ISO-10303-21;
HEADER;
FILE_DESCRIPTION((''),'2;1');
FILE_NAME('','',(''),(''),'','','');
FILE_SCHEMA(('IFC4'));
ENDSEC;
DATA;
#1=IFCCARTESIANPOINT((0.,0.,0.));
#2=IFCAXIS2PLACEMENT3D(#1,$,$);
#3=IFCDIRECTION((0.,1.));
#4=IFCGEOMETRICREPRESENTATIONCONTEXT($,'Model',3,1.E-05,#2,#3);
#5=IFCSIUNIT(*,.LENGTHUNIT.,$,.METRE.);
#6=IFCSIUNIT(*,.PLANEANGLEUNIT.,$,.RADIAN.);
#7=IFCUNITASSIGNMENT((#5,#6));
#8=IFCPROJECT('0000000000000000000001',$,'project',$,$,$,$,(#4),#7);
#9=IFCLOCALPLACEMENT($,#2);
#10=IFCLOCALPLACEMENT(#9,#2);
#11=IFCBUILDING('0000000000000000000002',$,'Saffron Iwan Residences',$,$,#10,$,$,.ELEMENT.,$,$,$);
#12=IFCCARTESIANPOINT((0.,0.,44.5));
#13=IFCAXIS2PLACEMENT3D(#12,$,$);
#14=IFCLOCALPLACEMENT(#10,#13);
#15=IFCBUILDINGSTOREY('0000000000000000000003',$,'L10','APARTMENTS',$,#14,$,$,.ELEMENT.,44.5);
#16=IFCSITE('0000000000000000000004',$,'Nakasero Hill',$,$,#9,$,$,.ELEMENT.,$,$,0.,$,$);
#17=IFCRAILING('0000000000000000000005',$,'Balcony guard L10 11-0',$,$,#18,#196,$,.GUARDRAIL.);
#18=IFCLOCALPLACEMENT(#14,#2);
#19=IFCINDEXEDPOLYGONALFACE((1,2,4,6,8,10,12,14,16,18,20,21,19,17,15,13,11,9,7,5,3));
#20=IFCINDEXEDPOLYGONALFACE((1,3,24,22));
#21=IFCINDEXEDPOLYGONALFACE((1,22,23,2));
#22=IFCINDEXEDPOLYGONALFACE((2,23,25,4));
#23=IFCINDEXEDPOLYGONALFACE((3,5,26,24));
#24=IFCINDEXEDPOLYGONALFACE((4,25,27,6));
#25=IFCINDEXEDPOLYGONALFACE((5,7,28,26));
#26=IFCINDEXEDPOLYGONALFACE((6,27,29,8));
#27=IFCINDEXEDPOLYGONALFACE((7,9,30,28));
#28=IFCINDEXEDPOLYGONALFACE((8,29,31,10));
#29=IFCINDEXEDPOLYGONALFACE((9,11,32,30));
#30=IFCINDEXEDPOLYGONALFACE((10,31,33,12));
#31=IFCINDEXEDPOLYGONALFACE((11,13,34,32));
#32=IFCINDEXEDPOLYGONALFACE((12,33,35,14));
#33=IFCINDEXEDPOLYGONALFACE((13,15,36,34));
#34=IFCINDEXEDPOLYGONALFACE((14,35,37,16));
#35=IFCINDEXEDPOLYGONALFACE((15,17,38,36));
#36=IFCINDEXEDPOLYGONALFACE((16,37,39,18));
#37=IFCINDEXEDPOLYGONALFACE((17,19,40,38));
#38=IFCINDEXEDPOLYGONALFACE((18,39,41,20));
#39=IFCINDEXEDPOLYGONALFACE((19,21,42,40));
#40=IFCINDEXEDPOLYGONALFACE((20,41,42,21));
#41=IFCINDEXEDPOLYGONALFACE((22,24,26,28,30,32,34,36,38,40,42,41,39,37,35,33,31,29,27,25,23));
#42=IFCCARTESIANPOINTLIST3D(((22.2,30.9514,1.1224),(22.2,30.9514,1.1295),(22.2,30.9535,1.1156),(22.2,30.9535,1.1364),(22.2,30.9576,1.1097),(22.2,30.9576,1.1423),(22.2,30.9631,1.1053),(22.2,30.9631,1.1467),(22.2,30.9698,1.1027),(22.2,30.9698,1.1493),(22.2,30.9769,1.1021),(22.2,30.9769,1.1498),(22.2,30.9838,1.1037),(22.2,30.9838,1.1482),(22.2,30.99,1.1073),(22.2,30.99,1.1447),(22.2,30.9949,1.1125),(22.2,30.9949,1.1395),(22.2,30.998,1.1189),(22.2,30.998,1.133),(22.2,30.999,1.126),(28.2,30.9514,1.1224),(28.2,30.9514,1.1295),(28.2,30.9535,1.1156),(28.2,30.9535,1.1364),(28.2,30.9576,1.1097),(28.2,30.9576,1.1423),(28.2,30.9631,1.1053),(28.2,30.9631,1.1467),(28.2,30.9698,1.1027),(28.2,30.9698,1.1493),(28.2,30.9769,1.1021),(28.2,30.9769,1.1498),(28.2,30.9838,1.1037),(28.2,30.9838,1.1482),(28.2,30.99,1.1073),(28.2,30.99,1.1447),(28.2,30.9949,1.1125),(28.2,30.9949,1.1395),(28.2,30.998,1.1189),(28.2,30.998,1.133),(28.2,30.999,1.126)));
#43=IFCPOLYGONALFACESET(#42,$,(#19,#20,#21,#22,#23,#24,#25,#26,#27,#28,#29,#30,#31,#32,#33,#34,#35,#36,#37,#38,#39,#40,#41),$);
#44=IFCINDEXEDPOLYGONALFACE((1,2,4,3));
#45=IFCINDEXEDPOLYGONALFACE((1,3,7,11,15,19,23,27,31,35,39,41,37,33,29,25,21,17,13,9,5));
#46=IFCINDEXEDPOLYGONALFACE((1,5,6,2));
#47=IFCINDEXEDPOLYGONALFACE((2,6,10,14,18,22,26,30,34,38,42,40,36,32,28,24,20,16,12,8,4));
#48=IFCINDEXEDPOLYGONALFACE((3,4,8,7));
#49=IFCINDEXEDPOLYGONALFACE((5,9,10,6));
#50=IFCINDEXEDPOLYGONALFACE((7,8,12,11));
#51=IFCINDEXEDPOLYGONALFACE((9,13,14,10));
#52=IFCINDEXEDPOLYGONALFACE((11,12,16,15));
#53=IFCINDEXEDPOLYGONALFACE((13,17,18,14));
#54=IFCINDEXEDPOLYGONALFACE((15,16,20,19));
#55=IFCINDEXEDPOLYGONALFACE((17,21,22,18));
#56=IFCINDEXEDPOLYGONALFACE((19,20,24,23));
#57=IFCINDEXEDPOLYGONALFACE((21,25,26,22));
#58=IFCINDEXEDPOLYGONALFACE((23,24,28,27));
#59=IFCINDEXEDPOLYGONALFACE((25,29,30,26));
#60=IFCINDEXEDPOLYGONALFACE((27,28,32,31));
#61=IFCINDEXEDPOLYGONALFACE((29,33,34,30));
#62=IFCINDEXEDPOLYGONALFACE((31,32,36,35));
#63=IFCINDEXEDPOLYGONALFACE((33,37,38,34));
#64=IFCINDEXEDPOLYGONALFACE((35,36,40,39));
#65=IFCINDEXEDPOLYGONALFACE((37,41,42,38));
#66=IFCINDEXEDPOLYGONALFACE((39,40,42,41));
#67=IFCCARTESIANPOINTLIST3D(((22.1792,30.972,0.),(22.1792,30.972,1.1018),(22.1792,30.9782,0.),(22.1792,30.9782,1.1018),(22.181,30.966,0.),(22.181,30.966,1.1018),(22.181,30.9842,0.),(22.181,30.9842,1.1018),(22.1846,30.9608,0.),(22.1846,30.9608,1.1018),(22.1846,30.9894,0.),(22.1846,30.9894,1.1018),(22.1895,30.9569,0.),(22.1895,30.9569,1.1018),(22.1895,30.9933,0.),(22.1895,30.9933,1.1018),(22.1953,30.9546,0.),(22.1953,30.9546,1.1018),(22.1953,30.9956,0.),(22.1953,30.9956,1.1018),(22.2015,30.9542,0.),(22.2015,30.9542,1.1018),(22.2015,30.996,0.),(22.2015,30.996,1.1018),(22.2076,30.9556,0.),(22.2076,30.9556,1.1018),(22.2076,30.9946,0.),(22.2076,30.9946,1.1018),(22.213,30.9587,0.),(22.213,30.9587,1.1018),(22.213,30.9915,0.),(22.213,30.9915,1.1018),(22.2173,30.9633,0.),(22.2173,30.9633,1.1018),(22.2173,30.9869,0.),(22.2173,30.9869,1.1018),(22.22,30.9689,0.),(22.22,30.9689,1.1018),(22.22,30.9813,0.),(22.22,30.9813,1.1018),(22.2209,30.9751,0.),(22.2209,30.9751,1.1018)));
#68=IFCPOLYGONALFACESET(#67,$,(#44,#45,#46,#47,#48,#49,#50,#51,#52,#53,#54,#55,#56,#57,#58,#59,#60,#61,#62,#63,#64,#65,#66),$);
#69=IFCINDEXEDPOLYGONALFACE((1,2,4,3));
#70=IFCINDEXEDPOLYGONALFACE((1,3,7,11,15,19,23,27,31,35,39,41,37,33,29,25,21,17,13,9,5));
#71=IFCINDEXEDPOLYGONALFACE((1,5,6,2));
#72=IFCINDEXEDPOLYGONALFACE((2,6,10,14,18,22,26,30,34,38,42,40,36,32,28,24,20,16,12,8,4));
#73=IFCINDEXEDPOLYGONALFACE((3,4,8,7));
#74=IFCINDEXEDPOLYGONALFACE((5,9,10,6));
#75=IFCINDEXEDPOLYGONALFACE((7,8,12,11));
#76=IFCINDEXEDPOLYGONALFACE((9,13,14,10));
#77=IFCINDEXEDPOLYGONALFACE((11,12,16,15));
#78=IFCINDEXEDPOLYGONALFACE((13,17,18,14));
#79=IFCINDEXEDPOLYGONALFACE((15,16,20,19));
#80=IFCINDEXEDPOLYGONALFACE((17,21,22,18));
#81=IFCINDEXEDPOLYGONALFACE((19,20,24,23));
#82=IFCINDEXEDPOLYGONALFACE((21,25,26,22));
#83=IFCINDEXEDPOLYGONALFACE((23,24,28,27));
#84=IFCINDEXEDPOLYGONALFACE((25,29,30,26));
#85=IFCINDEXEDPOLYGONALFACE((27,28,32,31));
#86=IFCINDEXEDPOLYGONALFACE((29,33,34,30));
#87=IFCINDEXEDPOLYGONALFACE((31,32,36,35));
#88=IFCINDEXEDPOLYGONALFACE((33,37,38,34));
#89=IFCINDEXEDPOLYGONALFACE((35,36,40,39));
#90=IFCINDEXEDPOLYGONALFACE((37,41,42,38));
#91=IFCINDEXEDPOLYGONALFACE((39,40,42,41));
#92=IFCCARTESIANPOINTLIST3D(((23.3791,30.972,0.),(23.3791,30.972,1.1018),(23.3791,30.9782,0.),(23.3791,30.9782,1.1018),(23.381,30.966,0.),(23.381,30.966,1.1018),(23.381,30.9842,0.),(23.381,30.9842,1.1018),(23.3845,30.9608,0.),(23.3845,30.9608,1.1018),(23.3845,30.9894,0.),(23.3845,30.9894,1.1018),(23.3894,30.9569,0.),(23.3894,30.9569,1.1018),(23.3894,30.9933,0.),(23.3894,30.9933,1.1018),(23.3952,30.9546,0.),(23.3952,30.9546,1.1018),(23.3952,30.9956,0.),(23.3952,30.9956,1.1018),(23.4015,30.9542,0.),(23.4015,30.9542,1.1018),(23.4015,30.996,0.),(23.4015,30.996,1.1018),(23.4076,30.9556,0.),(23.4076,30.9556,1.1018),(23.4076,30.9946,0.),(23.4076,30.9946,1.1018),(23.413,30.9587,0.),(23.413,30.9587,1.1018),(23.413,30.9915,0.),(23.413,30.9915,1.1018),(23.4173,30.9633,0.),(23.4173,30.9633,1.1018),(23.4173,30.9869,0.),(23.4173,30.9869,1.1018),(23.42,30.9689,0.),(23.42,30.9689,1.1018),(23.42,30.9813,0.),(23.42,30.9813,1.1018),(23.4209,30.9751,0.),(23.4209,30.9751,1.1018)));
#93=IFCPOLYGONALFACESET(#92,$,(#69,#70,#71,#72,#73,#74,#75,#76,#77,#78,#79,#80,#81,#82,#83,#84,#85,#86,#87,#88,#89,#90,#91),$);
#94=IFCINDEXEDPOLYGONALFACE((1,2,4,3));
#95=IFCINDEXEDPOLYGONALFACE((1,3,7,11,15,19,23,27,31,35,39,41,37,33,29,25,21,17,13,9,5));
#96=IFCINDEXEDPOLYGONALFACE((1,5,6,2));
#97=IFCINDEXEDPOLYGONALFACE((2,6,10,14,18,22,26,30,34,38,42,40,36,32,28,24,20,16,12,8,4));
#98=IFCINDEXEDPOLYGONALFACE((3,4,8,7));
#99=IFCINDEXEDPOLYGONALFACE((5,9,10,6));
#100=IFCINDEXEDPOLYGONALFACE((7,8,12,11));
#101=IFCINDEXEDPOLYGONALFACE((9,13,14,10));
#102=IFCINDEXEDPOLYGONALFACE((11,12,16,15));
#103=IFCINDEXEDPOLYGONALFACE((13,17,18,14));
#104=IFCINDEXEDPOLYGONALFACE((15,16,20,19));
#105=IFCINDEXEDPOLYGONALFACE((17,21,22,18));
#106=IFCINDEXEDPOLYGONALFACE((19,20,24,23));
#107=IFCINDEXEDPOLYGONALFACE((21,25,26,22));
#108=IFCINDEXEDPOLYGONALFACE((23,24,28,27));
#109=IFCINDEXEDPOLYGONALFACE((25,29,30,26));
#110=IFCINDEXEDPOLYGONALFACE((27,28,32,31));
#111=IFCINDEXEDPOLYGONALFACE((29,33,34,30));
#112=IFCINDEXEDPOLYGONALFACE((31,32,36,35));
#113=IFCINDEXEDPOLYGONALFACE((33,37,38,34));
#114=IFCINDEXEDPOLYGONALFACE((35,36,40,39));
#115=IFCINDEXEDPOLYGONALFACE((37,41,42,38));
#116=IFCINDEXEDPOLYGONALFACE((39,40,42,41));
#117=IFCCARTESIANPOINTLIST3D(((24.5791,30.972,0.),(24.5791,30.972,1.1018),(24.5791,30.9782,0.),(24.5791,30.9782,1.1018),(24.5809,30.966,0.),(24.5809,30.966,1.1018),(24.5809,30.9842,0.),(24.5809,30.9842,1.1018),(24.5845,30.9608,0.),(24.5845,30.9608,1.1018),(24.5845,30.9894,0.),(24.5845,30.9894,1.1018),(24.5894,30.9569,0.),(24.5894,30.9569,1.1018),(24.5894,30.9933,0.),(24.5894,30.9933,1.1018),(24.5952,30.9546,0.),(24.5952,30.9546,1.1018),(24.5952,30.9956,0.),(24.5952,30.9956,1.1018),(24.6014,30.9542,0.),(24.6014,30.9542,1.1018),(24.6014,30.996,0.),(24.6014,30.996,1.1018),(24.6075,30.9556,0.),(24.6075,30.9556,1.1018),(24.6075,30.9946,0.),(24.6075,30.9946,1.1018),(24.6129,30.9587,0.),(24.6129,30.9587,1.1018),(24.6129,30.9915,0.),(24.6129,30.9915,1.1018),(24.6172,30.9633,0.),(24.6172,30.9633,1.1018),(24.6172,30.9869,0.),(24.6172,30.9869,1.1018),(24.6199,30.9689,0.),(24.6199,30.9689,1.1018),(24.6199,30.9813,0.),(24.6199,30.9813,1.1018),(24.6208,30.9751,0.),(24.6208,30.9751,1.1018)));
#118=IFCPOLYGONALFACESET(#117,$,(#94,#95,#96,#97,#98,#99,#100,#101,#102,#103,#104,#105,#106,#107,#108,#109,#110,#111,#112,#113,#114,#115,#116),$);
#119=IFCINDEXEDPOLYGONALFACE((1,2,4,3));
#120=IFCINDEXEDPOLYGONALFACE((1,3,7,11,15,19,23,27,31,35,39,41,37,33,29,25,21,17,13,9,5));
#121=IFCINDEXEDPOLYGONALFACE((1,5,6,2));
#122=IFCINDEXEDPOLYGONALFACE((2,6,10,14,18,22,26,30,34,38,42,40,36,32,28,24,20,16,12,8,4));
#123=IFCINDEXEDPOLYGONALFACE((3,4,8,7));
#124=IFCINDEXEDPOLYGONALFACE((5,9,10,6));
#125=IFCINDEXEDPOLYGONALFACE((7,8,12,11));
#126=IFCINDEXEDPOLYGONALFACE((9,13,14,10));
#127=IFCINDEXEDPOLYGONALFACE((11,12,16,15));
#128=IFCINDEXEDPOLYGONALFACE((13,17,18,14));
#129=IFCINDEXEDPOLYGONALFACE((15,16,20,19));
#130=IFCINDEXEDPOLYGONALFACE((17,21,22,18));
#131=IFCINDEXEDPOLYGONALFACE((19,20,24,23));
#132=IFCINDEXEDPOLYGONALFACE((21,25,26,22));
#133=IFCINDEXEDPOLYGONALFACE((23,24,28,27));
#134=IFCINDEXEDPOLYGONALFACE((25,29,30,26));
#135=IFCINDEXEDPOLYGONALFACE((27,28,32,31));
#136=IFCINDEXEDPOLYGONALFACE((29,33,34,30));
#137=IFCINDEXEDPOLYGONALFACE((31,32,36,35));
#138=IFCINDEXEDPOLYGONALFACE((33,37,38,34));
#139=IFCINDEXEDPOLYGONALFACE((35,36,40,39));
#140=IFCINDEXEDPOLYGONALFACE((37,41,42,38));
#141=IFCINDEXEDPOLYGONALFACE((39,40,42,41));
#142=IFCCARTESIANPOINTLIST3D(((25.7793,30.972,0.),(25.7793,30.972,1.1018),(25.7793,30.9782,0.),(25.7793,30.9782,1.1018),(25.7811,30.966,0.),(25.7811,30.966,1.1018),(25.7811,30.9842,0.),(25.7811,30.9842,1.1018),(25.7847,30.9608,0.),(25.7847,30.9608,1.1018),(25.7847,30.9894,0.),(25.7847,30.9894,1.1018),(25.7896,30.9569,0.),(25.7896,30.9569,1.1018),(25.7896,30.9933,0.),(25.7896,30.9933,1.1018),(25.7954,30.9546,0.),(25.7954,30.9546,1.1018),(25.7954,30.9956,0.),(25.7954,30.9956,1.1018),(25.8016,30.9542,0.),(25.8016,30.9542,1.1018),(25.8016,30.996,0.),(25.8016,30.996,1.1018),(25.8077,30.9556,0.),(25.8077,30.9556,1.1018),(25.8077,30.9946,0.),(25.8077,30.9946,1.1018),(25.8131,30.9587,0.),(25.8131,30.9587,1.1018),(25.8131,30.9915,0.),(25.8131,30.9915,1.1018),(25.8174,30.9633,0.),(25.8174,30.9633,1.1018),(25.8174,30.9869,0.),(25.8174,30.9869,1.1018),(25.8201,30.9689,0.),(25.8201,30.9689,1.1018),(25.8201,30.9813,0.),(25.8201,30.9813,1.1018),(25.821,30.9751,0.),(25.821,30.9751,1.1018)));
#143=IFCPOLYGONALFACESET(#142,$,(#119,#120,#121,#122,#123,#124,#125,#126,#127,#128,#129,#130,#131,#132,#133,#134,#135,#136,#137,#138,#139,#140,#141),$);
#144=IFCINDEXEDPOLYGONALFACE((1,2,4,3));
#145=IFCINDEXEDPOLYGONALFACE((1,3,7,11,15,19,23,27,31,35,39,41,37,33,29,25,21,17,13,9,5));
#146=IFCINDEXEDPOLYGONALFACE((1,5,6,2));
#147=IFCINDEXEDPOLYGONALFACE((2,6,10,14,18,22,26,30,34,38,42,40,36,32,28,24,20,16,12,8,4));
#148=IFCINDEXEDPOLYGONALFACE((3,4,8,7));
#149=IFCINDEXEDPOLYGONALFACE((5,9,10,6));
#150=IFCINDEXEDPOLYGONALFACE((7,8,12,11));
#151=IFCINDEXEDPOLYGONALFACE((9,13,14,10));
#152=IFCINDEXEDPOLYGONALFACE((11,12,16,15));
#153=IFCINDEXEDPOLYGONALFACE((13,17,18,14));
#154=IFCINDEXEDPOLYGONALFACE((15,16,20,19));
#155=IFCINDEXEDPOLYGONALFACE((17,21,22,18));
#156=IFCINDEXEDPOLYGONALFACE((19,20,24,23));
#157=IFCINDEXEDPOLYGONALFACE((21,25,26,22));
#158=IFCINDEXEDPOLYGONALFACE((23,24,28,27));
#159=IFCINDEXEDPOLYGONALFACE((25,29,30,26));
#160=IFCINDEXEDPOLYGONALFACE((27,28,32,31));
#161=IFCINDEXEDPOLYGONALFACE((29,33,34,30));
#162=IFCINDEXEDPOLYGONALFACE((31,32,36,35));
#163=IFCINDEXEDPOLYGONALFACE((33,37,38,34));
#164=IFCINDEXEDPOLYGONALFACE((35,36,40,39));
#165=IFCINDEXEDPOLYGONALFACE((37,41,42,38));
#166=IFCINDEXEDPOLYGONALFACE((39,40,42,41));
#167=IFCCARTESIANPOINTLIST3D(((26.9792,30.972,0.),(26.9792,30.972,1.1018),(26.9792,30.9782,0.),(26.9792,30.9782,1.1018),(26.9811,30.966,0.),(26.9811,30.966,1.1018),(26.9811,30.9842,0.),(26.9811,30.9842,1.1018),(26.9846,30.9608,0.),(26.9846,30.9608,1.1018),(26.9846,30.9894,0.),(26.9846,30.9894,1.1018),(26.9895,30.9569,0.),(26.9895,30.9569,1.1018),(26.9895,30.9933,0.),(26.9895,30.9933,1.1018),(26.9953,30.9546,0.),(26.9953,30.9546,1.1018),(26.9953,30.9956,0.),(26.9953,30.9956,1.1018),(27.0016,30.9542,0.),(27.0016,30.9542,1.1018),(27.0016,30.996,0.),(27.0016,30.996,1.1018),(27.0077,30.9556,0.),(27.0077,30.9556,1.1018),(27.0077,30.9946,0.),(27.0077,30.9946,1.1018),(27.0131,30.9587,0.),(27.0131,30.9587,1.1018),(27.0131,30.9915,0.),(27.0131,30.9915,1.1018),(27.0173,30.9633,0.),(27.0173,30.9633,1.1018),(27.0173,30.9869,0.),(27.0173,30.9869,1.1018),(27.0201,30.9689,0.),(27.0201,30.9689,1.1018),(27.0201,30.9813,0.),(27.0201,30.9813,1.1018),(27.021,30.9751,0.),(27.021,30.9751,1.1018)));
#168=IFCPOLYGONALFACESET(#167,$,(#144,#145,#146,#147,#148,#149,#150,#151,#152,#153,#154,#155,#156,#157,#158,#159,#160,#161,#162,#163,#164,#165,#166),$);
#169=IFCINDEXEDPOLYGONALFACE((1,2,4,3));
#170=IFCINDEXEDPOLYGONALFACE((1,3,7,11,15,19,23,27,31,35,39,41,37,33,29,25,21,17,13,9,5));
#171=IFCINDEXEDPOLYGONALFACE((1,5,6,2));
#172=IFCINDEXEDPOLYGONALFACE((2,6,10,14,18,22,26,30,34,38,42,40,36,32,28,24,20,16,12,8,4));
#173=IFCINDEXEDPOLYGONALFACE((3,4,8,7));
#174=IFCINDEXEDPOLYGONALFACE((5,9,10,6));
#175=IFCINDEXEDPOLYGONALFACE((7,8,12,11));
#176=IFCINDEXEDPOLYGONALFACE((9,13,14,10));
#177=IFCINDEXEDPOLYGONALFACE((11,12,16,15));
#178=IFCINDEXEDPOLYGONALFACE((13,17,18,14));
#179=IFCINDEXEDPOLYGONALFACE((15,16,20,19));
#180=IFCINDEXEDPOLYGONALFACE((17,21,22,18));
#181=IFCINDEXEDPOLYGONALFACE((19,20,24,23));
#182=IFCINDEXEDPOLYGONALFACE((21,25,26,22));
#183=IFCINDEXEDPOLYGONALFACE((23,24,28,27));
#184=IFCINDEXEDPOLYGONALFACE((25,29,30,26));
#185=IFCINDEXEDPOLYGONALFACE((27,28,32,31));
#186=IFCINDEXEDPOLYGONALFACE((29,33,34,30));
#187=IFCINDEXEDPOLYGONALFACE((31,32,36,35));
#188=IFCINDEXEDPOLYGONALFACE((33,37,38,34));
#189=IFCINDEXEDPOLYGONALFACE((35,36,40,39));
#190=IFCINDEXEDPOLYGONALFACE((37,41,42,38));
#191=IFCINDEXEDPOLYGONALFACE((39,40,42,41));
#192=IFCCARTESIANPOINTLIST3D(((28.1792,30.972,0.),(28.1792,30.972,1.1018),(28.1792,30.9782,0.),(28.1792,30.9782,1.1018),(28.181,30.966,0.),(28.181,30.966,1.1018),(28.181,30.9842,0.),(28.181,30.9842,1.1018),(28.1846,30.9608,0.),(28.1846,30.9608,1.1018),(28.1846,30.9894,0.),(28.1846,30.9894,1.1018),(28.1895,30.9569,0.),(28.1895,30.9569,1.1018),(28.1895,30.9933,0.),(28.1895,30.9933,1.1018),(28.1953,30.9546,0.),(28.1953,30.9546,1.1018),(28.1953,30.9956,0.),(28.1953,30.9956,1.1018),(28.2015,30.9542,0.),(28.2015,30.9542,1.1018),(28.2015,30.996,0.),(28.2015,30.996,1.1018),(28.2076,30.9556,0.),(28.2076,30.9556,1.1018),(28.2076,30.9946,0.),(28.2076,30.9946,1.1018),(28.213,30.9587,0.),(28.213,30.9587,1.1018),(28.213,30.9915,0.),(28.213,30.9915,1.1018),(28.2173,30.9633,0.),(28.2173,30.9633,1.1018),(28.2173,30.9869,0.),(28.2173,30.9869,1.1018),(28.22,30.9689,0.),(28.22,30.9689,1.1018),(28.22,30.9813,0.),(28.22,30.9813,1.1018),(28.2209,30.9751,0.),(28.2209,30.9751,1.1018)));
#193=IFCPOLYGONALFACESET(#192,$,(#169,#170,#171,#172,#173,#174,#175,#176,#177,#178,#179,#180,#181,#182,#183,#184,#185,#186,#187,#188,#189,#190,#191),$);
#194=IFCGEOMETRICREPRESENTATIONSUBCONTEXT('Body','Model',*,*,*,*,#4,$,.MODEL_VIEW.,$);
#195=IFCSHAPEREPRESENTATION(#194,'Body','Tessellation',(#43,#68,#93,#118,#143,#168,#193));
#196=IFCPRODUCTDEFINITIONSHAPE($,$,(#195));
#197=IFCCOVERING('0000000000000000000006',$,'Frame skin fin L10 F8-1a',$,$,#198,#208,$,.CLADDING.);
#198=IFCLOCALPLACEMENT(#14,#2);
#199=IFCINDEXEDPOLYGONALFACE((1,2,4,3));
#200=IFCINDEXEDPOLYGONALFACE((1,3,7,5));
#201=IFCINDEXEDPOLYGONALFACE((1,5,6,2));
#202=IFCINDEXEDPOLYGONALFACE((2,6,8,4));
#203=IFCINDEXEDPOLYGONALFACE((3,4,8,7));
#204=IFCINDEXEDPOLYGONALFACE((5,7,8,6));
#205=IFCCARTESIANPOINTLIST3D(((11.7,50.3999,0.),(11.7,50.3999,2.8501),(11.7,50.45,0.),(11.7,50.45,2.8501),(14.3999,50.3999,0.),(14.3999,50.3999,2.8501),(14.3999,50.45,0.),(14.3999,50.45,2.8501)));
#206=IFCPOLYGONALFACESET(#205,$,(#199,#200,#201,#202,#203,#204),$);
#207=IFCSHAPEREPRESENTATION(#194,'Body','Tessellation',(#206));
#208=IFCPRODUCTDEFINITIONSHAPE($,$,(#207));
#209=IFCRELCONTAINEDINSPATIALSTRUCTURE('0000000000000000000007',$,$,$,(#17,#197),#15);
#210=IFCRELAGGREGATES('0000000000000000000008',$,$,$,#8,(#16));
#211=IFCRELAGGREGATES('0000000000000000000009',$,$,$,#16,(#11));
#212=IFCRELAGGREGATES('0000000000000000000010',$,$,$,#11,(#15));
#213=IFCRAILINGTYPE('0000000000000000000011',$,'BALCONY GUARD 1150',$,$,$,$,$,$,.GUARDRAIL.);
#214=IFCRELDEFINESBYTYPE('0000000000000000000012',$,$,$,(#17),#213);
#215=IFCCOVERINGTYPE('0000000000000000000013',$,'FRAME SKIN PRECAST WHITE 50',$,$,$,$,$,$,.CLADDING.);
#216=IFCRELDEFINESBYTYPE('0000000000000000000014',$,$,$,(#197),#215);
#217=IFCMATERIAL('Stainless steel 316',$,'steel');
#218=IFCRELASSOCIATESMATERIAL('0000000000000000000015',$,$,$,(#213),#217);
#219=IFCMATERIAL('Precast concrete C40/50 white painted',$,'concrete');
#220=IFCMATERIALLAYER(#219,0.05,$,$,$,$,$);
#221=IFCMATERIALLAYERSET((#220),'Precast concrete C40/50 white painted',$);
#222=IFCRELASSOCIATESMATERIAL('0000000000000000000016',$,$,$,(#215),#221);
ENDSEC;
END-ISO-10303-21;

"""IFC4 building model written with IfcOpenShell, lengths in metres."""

from ifc_helpers import new_model, si_unit, direction, frame, origin, origin_2d, place, context, subcontext, project, spatial, polyline, circle, outline, extrude, material, layer, layer_set, type_object, element, save


model = new_model("IFC4")

# Units and contexts
model_context = context("Model", 3, precision=1e-05, world=origin(), true_north=direction((0.0, 1.0)))
body_context = subcontext(model_context, "Body", "Model", "MODEL_VIEW")
ifc_project = project(units=[si_unit("LENGTHUNIT", "METRE"), si_unit("PLANEANGLEUNIT", "RADIAN")], contexts=[model_context])

# Site, building, storey
site_placement = place(None, origin())
site = spatial("IfcSite", under=ifc_project, at=site_placement, Name="Nakasero Hill", CompositionType="ELEMENT", RefElevation=0.0)
building_placement = place(site_placement, origin())
building = spatial("IfcBuilding", under=site, at=building_placement, Name="Saffron Iwan Residences", CompositionType="ELEMENT")
storey_placement = place(building_placement, frame((0.0, 0.0, 44.5)))
storey = spatial("IfcBuildingStorey", under=building, at=storey_placement, Name="L10", Description="APARTMENTS", CompositionType="ELEMENT", Elevation=44.5)

# Railing
ifc_material_1 = material(Name="Stainless steel 316", Category="steel")
railing_type = type_object("IfcRailingType", Name="BALCONY GUARD 1150", PredefinedType="GUARDRAIL", material=ifc_material_1)
railing_placement = place(storey_placement, frame((22.2, 30.9751, 0.0)))
element("IfcRailing", 1, at=railing_placement, inside=storey, type_object=railing_type, Name="Balcony guard L10 11-0", PredefinedType="GUARDRAIL", context=body_context, shape_type="SweptSolid", body=[
    extrude(circle(Radius=0.0239, at=origin_2d()), frame((0.0, 0.0, 1.126), z_axis=(1.0, 0.0, 0.0), x_axis=(0.0, 1.0, 0.0)), (0.0, 0.0, 1.0), 6.0),
    extrude(circle(Radius=0.021, at=origin_2d()), origin(), (0.0, 0.0, 1.0), 1.1018),
    extrude(circle(Radius=0.021, at=origin_2d()), frame((1.2, 0.0, 0.0)), (0.0, 0.0, 1.0), 1.1018),
    extrude(circle(Radius=0.021, at=origin_2d()), frame((2.3999, 0.0, 0.0)), (0.0, 0.0, 1.0), 1.1018),
    extrude(circle(Radius=0.021, at=origin_2d()), frame((3.6001, 0.0, 0.0)), (0.0, 0.0, 1.0), 1.1018),
    extrude(circle(Radius=0.021, at=origin_2d()), frame((4.8, 0.0, 0.0)), (0.0, 0.0, 1.0), 1.1018),
    extrude(circle(Radius=0.021, at=origin_2d()), frame((6.0, 0.0, 0.0)), (0.0, 0.0, 1.0), 1.1018),
])

# Covering
ifc_material_2 = material(Name="Precast concrete C40/50 white painted", Category="concrete")
ifc_layer_1 = layer(ifc_material_2, 0.05)
ifc_layer_set_1 = layer_set([ifc_layer_1], Name="Precast concrete C40/50 white painted")
covering_type_1 = type_object("IfcCoveringType", Name="FRAME SKIN PRECAST WHITE 50", PredefinedType="CLADDING", material=ifc_layer_set_1)
covering_1_placement = place(storey_placement, origin())
element("IfcCovering", 2, at=covering_1_placement, inside=storey, type_object=covering_type_1, Name="Frame skin fin L10 F8-1a", PredefinedType="CLADDING", context=body_context, shape_type="SweptSolid", body=[
    extrude(outline(polyline([(11.7, 50.45), (11.7, 50.3999), (14.3999, 50.3999), (14.3999, 50.45), (11.7, 50.45)])), origin(), (0.0, 0.0, 1.0), 2.8501),
])

save(model, "model.ifc")
